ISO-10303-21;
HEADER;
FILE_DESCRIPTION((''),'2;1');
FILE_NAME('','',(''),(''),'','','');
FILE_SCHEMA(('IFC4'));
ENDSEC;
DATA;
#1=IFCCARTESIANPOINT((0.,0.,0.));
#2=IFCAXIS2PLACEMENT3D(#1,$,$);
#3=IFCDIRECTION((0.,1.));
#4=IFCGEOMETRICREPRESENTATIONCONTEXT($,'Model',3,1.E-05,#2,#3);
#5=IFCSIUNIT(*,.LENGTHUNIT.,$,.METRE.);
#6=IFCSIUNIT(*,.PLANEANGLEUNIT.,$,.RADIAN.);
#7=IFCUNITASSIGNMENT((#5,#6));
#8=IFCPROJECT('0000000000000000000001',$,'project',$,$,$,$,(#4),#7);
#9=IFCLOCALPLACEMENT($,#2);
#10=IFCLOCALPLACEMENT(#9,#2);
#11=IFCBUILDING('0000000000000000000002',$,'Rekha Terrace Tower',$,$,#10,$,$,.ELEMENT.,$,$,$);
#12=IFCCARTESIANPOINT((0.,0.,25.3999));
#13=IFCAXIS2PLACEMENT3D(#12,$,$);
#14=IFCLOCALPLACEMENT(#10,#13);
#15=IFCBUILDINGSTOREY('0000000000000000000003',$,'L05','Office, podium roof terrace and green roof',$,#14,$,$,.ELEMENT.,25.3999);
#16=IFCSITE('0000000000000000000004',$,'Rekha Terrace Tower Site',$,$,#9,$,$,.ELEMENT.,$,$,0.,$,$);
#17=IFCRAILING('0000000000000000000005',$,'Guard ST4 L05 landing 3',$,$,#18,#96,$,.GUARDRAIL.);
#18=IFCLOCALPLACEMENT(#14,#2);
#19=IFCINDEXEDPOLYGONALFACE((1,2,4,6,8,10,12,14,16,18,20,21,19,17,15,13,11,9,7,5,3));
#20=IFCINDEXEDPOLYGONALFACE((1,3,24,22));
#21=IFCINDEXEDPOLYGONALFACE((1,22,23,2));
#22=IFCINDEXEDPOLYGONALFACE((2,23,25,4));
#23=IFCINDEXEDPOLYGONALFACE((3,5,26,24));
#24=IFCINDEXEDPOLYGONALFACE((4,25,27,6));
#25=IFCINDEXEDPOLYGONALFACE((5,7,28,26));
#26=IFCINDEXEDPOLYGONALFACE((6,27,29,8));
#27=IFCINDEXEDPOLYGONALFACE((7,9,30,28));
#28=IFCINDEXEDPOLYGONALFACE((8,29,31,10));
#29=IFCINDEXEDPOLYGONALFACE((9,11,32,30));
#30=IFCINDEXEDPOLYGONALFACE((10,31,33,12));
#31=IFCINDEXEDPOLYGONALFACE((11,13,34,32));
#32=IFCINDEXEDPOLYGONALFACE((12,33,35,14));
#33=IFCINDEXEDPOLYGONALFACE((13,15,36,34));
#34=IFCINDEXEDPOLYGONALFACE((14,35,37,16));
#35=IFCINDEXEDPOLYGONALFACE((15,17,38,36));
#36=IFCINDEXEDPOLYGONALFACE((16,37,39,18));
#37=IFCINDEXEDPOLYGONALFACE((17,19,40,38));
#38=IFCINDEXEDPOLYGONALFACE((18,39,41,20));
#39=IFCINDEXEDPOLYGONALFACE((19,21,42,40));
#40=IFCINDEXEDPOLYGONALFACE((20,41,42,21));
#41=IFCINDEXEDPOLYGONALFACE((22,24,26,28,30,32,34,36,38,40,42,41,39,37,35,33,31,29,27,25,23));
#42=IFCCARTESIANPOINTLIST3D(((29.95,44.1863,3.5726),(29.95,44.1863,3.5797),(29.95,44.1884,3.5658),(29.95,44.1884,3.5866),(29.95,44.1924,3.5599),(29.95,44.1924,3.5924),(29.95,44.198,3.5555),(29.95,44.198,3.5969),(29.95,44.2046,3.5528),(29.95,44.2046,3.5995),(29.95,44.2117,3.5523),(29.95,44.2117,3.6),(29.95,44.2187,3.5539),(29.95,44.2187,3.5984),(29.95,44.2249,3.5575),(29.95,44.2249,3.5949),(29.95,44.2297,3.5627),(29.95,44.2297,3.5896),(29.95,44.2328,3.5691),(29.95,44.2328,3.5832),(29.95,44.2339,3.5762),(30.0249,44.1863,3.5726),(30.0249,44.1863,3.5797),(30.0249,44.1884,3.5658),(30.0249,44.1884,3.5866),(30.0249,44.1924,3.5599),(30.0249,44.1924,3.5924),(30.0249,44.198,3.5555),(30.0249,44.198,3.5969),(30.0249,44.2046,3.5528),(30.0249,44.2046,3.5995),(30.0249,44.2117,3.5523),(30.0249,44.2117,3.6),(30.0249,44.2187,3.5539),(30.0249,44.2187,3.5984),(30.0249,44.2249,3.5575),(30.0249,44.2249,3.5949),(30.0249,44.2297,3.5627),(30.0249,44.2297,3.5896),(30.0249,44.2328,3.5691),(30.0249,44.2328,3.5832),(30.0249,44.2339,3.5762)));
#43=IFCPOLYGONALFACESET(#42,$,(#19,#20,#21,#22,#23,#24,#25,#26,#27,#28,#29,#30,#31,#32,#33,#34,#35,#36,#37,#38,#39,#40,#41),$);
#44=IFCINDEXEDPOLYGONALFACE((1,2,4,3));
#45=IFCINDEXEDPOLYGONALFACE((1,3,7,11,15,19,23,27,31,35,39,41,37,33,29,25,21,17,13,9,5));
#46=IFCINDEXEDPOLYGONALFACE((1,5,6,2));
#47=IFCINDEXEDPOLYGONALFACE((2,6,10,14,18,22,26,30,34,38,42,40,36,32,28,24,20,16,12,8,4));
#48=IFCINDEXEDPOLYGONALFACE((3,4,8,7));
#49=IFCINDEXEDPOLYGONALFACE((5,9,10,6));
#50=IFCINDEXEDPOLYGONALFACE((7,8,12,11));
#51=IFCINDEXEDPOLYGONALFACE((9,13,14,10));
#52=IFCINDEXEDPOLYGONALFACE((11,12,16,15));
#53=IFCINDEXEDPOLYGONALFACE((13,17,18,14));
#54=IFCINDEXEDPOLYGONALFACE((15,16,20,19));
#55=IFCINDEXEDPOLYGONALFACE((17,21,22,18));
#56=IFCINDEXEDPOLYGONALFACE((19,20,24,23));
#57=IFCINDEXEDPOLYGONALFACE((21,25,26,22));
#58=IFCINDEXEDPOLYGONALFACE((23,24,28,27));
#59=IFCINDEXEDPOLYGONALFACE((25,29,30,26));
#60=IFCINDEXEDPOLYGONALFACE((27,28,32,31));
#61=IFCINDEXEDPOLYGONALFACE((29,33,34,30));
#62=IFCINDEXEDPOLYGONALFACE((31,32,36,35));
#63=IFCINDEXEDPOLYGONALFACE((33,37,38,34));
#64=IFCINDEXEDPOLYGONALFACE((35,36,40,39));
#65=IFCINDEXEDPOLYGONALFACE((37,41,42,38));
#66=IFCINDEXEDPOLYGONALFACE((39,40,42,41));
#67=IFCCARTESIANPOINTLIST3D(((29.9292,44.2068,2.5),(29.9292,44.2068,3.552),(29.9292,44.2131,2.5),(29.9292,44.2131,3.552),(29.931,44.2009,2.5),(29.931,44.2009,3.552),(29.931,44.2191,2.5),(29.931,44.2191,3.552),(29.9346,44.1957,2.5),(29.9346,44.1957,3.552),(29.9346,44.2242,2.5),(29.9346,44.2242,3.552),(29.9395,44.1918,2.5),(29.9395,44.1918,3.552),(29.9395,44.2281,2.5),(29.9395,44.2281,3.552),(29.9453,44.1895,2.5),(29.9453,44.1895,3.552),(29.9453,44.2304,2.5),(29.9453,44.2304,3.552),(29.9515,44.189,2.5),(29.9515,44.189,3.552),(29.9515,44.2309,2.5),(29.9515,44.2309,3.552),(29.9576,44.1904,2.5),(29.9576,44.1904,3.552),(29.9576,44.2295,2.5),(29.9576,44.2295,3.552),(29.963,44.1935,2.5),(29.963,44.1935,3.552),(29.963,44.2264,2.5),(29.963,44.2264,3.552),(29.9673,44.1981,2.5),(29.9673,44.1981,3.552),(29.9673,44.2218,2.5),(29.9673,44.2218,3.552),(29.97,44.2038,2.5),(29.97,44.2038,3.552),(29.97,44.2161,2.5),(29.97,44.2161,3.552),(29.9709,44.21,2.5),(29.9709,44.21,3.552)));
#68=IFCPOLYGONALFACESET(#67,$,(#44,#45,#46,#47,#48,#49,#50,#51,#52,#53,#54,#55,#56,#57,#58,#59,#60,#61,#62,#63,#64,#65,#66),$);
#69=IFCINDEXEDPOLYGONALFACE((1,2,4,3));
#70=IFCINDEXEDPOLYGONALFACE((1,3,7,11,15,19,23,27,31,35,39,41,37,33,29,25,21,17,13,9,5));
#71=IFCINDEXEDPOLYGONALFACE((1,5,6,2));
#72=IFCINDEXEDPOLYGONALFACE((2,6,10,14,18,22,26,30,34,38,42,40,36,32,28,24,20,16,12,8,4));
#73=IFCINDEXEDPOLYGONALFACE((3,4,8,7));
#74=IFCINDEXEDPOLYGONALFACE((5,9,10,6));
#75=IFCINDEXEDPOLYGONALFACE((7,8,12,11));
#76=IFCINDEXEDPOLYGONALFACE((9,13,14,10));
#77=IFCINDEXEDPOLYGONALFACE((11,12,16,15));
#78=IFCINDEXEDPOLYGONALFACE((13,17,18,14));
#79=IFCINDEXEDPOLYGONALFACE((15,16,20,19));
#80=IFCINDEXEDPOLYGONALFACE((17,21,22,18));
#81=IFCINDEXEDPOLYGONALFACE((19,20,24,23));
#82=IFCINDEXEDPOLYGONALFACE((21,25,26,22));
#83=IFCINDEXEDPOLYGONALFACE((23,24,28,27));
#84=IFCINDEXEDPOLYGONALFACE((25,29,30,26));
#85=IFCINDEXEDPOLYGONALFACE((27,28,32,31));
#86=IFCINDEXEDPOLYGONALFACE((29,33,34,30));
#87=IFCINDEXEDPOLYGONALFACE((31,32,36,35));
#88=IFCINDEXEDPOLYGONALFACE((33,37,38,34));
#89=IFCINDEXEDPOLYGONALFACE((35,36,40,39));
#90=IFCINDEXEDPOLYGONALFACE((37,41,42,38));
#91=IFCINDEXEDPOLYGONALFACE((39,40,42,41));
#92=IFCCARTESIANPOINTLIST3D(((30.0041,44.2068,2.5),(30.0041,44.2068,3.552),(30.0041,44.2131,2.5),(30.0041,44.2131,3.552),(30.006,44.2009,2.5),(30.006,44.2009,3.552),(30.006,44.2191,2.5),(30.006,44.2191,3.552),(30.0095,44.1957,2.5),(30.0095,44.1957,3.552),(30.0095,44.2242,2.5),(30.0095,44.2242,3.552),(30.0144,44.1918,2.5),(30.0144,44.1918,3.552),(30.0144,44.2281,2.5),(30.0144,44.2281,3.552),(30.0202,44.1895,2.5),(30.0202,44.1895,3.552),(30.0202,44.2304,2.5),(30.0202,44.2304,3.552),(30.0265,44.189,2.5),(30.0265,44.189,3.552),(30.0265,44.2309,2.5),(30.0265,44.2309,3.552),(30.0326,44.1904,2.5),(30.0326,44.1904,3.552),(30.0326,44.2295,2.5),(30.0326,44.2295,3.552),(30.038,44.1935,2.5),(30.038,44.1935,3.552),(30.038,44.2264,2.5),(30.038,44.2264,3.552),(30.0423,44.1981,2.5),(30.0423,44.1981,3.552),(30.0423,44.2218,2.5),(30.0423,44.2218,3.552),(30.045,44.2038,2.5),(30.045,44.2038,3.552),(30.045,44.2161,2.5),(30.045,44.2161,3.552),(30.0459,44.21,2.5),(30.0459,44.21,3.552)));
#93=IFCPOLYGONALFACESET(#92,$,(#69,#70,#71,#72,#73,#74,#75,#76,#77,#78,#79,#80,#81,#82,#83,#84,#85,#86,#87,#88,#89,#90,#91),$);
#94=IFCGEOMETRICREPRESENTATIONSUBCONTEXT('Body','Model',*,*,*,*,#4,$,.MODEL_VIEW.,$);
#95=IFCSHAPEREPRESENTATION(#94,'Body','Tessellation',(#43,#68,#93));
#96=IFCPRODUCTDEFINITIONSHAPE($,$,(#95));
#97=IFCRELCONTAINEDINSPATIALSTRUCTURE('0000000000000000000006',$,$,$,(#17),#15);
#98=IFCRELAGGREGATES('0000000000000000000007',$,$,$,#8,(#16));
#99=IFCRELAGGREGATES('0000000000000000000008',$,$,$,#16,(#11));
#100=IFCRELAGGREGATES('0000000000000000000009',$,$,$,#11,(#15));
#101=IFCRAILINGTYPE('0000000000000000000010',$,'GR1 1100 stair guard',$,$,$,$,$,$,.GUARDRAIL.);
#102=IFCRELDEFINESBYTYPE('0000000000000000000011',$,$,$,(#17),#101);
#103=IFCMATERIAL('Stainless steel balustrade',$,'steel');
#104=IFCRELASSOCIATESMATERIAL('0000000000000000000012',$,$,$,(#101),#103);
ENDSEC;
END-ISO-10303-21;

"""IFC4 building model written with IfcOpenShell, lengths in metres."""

from ifc_helpers import new_model, si_unit, direction, frame, origin, origin_2d, place, context, subcontext, project, spatial, circle, extrude, material, type_object, element, save


model = new_model("IFC4")

# Units and contexts
model_context = context("Model", 3, precision=1e-05, world=origin(), true_north=direction((0.0, 1.0)))
body_context = subcontext(model_context, "Body", "Model", "MODEL_VIEW")
ifc_project = project(units=[si_unit("LENGTHUNIT", "METRE"), si_unit("PLANEANGLEUNIT", "RADIAN")], contexts=[model_context])

# Site, building, storey
site_placement = place(None, origin())
site = spatial("IfcSite", under=ifc_project, at=site_placement, Name="Rekha Terrace Tower Site", CompositionType="ELEMENT", RefElevation=0.0)
building_placement = place(site_placement, origin())
building = spatial("IfcBuilding", under=site, at=building_placement, Name="Rekha Terrace Tower", CompositionType="ELEMENT")
storey_placement = place(building_placement, frame((0.0, 0.0, 25.3999)))
storey = spatial("IfcBuildingStorey", under=building, at=storey_placement, Name="L05", Description="Office, podium roof terrace and green roof", CompositionType="ELEMENT", Elevation=25.3999)

# Railing
ifc_material_1 = material(Name="Stainless steel balustrade", Category="steel")
railing_type_1 = type_object("IfcRailingType", Name="GR1 1100 stair guard", PredefinedType="GUARDRAIL", material=ifc_material_1)
railing_1_placement = place(storey_placement, frame((29.95, 44.21, 2.5)))
element("IfcRailing", 1, at=railing_1_placement, inside=storey, type_object=railing_type_1, Name="Guard ST4 L05 landing 3", PredefinedType="GUARDRAIL", context=body_context, shape_type="SweptSolid", body=[
    extrude(circle(Radius=0.0239, at=origin_2d()), frame((0.0, 0.0, 1.0762), z_axis=(1.0, 0.0, 0.0), x_axis=(0.0, 1.0, 0.0)), (0.0, 0.0, 1.0), 0.075),
    extrude(circle(Radius=0.021, at=origin_2d()), origin(), (0.0, 0.0, 1.0), 1.052),
    extrude(circle(Radius=0.021, at=origin_2d()), frame((0.075, 0.0, 0.0)), (0.0, 0.0, 1.0), 1.052),
])

save(model, "model.ifc")
